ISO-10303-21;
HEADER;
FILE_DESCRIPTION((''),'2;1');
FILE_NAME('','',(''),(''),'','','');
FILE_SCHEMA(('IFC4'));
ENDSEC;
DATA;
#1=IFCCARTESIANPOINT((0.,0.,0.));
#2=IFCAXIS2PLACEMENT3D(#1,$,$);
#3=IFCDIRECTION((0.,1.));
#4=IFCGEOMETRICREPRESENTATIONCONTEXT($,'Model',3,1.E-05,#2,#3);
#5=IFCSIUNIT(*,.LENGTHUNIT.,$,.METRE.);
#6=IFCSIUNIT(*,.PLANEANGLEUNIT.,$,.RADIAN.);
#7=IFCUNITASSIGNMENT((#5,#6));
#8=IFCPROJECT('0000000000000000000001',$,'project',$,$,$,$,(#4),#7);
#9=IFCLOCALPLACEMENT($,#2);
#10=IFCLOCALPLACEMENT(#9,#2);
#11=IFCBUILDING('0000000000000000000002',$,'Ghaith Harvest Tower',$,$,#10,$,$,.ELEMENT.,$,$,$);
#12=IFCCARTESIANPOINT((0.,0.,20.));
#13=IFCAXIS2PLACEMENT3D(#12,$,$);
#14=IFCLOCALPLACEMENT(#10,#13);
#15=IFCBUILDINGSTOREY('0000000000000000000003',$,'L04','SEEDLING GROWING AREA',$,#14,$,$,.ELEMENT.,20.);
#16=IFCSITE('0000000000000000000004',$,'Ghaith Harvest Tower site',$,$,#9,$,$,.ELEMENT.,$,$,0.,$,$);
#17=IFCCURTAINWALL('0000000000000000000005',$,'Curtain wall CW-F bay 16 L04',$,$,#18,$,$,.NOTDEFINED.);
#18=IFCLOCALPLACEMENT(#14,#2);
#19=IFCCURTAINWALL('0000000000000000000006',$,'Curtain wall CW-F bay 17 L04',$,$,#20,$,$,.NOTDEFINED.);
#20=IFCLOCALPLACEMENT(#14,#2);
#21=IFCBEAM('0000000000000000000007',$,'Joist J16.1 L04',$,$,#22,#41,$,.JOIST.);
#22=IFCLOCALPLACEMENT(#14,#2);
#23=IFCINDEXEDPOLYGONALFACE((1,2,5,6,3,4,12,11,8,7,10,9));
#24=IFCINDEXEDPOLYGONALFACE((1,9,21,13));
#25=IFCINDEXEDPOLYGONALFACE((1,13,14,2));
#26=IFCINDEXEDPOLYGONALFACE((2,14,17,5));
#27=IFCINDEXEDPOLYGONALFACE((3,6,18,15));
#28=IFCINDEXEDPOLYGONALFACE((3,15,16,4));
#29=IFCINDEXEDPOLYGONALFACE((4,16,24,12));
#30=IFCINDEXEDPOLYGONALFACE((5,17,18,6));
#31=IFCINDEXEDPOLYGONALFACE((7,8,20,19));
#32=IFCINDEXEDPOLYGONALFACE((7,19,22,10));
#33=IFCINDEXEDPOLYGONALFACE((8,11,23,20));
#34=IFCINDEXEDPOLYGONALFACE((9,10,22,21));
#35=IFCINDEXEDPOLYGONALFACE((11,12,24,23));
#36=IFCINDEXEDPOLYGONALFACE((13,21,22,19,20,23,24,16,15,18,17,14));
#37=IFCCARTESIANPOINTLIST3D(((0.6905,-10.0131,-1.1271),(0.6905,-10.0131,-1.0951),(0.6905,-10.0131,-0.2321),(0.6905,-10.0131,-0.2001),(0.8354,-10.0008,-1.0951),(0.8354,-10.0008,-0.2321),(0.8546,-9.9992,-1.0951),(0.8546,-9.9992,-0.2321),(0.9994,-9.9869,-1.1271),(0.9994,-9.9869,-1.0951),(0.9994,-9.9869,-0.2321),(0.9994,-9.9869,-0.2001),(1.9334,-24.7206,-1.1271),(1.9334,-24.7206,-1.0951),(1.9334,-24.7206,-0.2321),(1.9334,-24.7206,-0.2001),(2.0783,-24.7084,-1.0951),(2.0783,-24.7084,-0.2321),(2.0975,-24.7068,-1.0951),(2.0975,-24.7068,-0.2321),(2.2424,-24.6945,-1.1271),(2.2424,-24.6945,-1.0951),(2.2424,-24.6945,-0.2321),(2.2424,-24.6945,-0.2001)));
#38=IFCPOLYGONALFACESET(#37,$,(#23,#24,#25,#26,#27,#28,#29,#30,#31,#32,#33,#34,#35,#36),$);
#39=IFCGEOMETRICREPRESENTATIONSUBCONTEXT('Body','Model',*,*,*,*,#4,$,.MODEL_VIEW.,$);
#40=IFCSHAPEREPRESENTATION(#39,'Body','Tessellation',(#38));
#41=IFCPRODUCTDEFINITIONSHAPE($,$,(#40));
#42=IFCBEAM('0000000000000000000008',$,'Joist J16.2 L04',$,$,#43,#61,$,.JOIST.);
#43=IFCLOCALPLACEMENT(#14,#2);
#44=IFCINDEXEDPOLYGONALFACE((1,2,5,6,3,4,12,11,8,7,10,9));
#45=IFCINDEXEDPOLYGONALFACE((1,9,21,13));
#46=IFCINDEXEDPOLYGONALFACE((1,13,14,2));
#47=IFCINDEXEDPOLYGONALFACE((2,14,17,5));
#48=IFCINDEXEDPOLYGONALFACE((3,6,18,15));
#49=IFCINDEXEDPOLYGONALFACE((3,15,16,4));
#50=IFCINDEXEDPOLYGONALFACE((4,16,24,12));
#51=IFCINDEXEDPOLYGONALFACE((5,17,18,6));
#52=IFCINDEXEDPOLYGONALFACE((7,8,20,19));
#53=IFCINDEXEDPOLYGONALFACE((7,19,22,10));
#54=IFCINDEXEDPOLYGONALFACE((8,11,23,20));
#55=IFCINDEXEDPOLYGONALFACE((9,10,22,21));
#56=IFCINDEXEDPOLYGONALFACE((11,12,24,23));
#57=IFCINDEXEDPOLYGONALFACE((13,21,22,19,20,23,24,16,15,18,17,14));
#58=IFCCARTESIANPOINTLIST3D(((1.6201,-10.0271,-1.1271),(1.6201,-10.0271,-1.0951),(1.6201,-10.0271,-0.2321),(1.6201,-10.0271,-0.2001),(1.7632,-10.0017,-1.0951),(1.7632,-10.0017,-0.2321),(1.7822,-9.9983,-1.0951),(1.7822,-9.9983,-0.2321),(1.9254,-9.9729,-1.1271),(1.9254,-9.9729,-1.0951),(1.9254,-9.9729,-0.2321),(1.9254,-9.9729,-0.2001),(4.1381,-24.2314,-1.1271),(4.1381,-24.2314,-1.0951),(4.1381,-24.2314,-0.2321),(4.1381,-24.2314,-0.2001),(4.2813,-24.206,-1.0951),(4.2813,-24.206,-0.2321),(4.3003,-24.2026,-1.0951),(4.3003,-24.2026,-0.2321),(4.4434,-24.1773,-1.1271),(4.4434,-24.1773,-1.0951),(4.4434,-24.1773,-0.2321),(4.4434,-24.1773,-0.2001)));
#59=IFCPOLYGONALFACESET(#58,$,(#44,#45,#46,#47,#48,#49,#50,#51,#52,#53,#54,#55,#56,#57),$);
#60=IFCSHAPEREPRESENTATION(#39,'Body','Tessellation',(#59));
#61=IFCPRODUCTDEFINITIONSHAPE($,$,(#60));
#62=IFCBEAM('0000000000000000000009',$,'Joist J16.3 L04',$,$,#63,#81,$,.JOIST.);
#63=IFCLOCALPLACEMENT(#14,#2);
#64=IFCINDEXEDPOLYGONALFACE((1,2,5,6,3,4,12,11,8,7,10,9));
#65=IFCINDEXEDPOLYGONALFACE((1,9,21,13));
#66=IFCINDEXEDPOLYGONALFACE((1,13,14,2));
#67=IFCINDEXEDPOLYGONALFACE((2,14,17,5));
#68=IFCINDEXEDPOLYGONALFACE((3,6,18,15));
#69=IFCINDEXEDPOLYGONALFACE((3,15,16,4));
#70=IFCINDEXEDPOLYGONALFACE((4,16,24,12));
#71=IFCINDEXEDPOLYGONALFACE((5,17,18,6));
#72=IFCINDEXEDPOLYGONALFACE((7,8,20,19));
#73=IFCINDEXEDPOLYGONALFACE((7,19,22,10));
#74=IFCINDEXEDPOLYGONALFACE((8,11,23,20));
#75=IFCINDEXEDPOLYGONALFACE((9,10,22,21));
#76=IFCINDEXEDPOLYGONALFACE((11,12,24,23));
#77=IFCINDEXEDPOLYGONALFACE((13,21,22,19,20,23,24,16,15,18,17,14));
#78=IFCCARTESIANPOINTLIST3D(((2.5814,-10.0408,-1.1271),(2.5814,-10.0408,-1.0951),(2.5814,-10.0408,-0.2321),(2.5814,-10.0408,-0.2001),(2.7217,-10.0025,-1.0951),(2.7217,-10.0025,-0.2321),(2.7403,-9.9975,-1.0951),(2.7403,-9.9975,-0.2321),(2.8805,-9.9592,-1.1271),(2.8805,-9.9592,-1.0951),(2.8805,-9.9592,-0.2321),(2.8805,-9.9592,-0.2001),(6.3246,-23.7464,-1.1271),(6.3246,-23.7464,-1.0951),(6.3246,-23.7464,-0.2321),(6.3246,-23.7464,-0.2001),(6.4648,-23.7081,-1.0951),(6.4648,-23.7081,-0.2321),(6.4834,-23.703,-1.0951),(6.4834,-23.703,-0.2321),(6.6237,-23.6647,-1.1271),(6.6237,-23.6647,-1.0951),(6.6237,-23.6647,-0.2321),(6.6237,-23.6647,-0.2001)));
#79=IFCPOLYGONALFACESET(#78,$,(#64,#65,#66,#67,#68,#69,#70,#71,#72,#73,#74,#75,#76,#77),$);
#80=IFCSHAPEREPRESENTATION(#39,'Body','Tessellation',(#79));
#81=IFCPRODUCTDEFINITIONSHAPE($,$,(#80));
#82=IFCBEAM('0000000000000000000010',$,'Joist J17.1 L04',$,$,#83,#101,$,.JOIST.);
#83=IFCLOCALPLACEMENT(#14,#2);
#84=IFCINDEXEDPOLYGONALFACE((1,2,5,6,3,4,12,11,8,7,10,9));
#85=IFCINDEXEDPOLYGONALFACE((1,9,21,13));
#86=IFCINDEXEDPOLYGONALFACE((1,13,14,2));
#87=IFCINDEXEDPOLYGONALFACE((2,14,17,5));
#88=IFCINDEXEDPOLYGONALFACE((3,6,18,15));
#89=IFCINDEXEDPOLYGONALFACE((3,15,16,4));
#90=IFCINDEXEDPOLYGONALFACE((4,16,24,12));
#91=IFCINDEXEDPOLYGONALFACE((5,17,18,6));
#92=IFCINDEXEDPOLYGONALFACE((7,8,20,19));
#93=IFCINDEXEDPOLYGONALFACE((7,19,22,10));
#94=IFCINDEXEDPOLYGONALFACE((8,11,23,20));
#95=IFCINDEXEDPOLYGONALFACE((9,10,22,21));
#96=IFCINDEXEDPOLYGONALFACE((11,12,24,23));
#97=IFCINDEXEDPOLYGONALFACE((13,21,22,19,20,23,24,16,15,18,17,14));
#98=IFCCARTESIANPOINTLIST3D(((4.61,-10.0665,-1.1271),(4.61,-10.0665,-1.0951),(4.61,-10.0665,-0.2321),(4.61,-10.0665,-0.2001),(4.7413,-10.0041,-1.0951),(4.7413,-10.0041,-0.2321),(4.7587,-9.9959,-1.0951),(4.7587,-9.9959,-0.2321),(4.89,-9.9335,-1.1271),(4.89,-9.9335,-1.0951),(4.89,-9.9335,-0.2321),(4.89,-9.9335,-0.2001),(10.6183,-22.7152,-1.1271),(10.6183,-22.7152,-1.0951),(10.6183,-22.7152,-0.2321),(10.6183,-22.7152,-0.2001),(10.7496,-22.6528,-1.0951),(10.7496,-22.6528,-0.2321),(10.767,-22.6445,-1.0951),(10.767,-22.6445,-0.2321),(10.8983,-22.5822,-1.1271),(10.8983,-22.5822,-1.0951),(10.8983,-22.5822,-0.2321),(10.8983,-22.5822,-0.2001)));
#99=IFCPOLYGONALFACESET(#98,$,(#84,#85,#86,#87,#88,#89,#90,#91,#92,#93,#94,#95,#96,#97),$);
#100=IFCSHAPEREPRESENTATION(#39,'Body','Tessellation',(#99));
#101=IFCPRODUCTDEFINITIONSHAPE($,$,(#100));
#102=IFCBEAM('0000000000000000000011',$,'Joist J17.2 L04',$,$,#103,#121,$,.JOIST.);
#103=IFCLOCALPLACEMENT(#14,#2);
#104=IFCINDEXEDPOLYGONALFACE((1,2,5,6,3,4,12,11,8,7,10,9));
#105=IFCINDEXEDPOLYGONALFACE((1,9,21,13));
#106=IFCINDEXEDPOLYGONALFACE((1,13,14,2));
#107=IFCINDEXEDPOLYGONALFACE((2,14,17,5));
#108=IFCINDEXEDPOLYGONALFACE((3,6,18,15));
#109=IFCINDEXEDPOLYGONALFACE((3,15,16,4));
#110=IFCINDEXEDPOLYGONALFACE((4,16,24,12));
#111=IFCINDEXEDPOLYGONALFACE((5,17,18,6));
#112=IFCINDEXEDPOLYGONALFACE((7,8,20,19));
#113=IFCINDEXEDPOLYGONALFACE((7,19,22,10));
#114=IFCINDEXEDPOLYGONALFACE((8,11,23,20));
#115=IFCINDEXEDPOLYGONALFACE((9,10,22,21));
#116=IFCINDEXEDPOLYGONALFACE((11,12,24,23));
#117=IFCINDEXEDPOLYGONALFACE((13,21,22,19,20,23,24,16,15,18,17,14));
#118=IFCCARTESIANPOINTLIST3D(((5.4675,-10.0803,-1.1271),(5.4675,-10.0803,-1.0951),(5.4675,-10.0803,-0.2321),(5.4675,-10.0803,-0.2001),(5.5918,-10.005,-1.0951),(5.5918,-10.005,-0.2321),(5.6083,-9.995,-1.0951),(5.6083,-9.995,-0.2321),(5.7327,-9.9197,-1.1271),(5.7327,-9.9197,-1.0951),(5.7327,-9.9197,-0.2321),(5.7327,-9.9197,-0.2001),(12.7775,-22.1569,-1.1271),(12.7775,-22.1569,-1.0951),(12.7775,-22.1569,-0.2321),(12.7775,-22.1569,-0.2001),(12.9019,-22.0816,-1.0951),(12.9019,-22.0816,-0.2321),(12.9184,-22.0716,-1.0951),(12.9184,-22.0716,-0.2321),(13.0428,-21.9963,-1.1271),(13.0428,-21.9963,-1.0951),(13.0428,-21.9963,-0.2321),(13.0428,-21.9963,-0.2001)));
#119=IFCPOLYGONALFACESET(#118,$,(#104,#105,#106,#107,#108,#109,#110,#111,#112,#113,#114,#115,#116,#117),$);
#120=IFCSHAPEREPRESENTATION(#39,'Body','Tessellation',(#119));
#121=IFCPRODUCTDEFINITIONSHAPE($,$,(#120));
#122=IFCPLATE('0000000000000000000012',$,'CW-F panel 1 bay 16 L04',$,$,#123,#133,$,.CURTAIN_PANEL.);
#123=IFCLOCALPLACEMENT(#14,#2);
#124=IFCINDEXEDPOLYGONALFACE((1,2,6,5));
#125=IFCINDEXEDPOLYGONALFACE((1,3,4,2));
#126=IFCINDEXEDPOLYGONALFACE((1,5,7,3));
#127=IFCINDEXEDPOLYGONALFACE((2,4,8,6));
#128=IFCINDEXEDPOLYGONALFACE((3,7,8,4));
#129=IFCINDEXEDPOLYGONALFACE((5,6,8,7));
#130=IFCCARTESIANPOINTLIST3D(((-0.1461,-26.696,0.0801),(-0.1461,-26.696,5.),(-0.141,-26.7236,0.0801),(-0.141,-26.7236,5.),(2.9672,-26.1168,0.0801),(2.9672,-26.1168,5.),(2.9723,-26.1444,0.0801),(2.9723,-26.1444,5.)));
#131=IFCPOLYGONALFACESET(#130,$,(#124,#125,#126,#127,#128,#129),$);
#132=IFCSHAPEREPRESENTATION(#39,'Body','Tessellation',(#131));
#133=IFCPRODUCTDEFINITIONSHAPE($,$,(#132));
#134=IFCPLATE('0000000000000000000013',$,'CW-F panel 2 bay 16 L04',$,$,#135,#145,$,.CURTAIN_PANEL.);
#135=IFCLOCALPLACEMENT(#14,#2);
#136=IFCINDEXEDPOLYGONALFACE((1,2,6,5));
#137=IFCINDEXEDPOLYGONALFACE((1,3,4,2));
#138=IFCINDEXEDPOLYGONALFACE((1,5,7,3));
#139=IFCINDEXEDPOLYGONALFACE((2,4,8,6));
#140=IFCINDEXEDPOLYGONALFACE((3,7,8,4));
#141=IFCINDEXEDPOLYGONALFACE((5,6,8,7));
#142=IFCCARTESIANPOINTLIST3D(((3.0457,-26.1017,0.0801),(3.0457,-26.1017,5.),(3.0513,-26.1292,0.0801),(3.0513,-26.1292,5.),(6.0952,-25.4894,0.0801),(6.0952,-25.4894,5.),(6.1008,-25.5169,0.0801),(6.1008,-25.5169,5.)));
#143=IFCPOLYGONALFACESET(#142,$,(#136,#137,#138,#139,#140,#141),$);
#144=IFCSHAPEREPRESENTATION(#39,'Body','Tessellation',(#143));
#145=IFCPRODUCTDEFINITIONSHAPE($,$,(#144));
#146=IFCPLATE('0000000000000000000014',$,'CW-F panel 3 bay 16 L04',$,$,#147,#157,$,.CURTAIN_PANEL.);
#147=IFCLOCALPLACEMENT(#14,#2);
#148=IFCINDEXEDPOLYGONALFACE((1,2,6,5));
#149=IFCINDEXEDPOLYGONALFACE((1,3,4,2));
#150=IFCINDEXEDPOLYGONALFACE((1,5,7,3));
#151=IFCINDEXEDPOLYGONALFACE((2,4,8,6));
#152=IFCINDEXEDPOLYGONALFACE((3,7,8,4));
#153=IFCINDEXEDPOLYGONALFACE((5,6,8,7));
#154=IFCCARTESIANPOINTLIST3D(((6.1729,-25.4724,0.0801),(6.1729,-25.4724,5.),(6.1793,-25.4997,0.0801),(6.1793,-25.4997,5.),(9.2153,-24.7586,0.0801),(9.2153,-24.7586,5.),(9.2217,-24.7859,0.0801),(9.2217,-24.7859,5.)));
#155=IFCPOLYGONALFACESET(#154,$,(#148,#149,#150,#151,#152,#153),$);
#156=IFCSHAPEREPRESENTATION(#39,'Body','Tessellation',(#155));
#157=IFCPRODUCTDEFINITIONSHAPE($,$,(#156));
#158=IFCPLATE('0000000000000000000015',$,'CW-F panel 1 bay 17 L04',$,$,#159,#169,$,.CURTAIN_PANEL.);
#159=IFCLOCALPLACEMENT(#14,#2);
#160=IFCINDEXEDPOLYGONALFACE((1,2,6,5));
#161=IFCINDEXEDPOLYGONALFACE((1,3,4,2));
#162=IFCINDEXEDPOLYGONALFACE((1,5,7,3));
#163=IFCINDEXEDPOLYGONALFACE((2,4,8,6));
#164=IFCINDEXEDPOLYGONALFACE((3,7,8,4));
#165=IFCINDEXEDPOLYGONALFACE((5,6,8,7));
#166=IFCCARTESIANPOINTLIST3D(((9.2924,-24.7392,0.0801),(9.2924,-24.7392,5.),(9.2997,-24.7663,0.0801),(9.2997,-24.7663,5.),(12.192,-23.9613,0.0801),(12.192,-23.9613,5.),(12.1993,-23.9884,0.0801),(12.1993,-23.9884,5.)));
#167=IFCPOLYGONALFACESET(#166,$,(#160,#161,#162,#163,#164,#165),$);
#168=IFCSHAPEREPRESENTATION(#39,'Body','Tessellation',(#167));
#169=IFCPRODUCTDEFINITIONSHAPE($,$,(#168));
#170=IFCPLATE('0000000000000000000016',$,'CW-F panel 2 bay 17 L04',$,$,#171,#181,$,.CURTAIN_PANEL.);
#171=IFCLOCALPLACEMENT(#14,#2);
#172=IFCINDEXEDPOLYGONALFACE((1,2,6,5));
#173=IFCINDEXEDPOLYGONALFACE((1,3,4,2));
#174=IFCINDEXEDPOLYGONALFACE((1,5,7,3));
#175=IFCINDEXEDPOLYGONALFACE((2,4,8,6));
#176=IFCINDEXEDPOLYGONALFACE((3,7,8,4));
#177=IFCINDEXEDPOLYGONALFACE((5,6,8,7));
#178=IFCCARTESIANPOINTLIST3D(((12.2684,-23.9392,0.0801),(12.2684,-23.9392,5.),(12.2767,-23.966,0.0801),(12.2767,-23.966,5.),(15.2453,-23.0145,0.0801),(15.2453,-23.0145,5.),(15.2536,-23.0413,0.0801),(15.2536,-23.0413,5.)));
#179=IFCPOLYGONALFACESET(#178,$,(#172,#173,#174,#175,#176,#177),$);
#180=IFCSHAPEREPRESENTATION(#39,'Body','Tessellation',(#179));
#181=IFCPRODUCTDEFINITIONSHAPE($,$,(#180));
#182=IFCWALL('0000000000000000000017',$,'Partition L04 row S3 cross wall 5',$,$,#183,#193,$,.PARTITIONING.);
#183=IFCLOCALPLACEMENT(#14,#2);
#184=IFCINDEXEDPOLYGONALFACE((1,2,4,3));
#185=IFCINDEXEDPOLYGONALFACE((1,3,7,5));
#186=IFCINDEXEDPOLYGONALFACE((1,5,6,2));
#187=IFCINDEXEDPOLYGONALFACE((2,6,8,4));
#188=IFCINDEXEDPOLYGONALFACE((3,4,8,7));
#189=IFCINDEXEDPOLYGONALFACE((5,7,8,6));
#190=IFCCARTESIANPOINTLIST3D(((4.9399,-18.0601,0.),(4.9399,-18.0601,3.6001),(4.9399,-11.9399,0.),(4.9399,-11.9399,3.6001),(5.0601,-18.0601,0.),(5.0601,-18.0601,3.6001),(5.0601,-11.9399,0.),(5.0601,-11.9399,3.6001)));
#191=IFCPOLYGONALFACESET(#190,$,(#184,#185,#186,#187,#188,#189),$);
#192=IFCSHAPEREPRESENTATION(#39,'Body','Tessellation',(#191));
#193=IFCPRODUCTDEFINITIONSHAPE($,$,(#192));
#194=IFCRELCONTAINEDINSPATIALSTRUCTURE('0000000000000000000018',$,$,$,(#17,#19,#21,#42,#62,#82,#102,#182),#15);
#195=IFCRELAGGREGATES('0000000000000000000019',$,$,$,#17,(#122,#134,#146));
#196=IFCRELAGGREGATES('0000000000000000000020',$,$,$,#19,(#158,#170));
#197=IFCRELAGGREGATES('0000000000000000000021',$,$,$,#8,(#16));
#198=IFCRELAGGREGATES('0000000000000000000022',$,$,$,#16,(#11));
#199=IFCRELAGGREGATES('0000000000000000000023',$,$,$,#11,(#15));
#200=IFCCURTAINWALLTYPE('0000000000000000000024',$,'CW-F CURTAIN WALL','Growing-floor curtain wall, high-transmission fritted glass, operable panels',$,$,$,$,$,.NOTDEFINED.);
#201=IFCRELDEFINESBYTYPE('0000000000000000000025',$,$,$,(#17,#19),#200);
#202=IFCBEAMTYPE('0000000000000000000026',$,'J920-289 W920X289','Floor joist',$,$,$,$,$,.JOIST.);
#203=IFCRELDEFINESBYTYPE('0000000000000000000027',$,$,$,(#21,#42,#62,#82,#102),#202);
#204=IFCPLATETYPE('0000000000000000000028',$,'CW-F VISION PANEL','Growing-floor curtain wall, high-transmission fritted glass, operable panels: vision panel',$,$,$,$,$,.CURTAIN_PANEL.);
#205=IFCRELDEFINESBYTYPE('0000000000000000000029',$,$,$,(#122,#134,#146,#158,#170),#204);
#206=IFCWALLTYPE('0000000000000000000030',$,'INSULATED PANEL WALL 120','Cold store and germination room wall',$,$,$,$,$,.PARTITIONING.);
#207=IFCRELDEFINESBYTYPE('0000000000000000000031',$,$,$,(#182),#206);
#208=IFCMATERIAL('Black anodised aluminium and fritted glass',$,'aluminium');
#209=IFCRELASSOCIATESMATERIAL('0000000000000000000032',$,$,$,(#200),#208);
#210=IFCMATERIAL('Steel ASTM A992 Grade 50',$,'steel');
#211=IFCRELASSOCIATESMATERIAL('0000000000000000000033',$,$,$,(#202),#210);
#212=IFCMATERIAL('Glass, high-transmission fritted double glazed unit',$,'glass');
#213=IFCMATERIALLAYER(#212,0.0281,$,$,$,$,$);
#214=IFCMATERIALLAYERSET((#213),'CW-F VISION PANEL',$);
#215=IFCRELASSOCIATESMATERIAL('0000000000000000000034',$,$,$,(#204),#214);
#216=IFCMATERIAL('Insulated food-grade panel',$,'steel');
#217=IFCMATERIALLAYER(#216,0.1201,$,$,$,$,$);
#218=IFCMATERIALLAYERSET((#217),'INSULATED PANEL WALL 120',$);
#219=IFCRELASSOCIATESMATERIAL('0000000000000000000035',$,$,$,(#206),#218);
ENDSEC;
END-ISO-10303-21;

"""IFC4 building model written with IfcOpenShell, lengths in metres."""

from ifc_helpers import new_model, si_unit, direction, frame, frame_2d, origin, origin_2d, place, context, subcontext, project, spatial, rectangle, i_section, extrude, material, layer, layer_set, material_profile, profile_set, type_object, element, aggregate, save


model = new_model("IFC4")

# Units and contexts
model_context = context("Model", 3, precision=1e-05, world=origin(), true_north=direction((0.0, 1.0)))
body_context = subcontext(model_context, "Body", "Model", "MODEL_VIEW")
ifc_project = project(units=[si_unit("LENGTHUNIT", "METRE"), si_unit("PLANEANGLEUNIT", "RADIAN")], contexts=[model_context])

# Site, building, storey
site_placement = place(None, origin())
site = spatial("IfcSite", under=ifc_project, at=site_placement, Name="Ghaith Harvest Tower site", CompositionType="ELEMENT", RefElevation=0.0)
building_placement = place(site_placement, origin())
building = spatial("IfcBuilding", under=site, at=building_placement, Name="Ghaith Harvest Tower", CompositionType="ELEMENT")
storey_placement = place(building_placement, frame((0.0, 0.0, 20.0)))
storey = spatial("IfcBuildingStorey", under=building, at=storey_placement, Name="L04", Description="SEEDLING GROWING AREA", CompositionType="ELEMENT", Elevation=20.0)

# Curtain walls
ifc_material_1 = material(Name="Black anodised aluminium and fritted glass", Category="aluminium")
curtain_wall_type = type_object("IfcCurtainWallType", Name="CW-F CURTAIN WALL", Description="Growing-floor curtain wall, high-transmission fritted glass, operable panels", PredefinedType="NOTDEFINED", material=ifc_material_1)
curtain_wall_1_placement = place(storey_placement, origin())
curtain_wall_1 = element("IfcCurtainWall", 1, at=curtain_wall_1_placement, inside=storey, type_object=curtain_wall_type, Name="Curtain wall CW-F bay 16 L04", PredefinedType="NOTDEFINED")
curtain_wall_2_placement = place(storey_placement, origin())
curtain_wall_2 = element("IfcCurtainWall", 2, at=curtain_wall_2_placement, inside=storey, type_object=curtain_wall_type, Name="Curtain wall CW-F bay 17 L04", PredefinedType="NOTDEFINED")

# Beams
ifc_material_2 = material(Name="Steel ASTM A992 Grade 50", Category="steel")
ifc_material_profile_1 = material_profile(ifc_material_2, i_section(OverallWidth=0.3101, OverallDepth=0.927, WebThickness=0.0193, FlangeThickness=0.032, at=origin_2d()), Name="W920X289")
ifc_profile_set_1 = profile_set([ifc_material_profile_1], Name="Steel ASTM A992 Grade 50")
beam_type_1 = type_object("IfcBeamType", Name="J920-289 W920X289", Description="Floor joist", PredefinedType="JOIST", material=ifc_profile_set_1)
beam_1_placement = place(storey_placement, frame((0.845, -10.0, -0.6636), z_axis=(0.084209, -0.996448, 0.0), x_axis=(0.996448, 0.084209, 0.0)))
element("IfcBeam", 3, at=beam_1_placement, inside=storey, type_object=beam_type_1, Name="Joist J16.1 L04", PredefinedType="JOIST", context=body_context, shape_type="SweptSolid", body=[
    extrude(i_section(OverallWidth=0.3101, OverallDepth=0.927, WebThickness=0.0193, FlangeThickness=0.032, at=origin_2d()), origin(), (0.0, 0.0, 1.0), 14.76),
])
beam_2_placement = place(storey_placement, frame((1.7727, -10.0, -0.6636), z_axis=(0.174553, -0.984648, 0.0), x_axis=(0.984648, 0.174553, 0.0)))
element("IfcBeam", 4, at=beam_2_placement, inside=storey, type_object=beam_type_1, Name="Joist J16.2 L04", PredefinedType="JOIST", context=body_context, shape_type="SweptSolid", body=[
    extrude(i_section(OverallWidth=0.3101, OverallDepth=0.927, WebThickness=0.0193, FlangeThickness=0.032, at=origin_2d()), origin(), (0.0, 0.0, 1.0), 14.4258),
])
beam_3_placement = place(storey_placement, frame((2.731, -10.0, -0.6636), z_axis=(0.263463, -0.964669, 0.0), x_axis=(0.964669, 0.263463, 0.0)))
element("IfcBeam", 5, at=beam_3_placement, inside=storey, type_object=beam_type_1, Name="Joist J16.3 L04", PredefinedType="JOIST", context=body_context, shape_type="SweptSolid", body=[
    extrude(i_section(OverallWidth=0.3101, OverallDepth=0.927, WebThickness=0.0193, FlangeThickness=0.032, at=origin_2d()), origin(), (0.0, 0.0, 1.0), 14.2075),
])
beam_4_placement = place(storey_placement, frame((4.75, -10.0, -0.6636), z_axis=(0.429067, -0.903273, 0.0), x_axis=(0.903273, 0.429067, 0.0)))
element("IfcBeam", 6, at=beam_4_placement, inside=storey, type_object=beam_type_1, Name="Joist J17.1 L04", PredefinedType="JOIST", context=body_context, shape_type="SweptSolid", body=[
    extrude(i_section(OverallWidth=0.3101, OverallDepth=0.927, WebThickness=0.0193, FlangeThickness=0.032, at=origin_2d()), origin(), (0.0, 0.0, 1.0), 14.0032),
])
beam_5_placement = place(storey_placement, frame((5.6001, -10.0, -0.6636), z_axis=(0.517829, -0.855484, 0.0), x_axis=(0.855484, 0.517829, 0.0)))
element("IfcBeam", 7, at=beam_5_placement, inside=storey, type_object=beam_type_1, Name="Joist J17.2 L04", PredefinedType="JOIST", context=body_context, shape_type="SweptSolid", body=[
    extrude(i_section(OverallWidth=0.3101, OverallDepth=0.927, WebThickness=0.0193, FlangeThickness=0.032, at=origin_2d()), origin(), (0.0, 0.0, 1.0), 14.1167),
])

# Plates
ifc_material_3 = material(Name="Glass, high-transmission fritted double glazed unit", Category="glass")
ifc_layer_1 = layer(ifc_material_3, 0.0281)
ifc_layer_set_1 = layer_set([ifc_layer_1], Name="CW-F VISION PANEL")
plate_type = type_object("IfcPlateType", Name="CW-F VISION PANEL", Description="Growing-floor curtain wall, high-transmission fritted glass, operable panels: vision panel", PredefinedType="CURTAIN_PANEL", material=ifc_layer_set_1)
plate_1_placement = place(storey_placement, frame((1.4131, -26.4202, 0.0801), z_axis=(0.0, 0.0, 1.0), x_axis=(0.983131, 0.182902, 0.0)))
plate_1 = element("IfcPlate", 8, at=plate_1_placement, type_object=plate_type, Name="CW-F panel 1 bay 16 L04", PredefinedType="CURTAIN_PANEL", context=body_context, shape_type="SweptSolid", body=[
    extrude(rectangle(XDim=3.1667, YDim=0.0281, at=origin_2d()), origin(), (0.0, 0.0, 1.0), 4.9199),
])
plate_2_placement = place(storey_placement, frame((4.5732, -25.8093, 0.0801), z_axis=(0.0, 0.0, 1.0), x_axis=(0.980432, 0.196856, 0.0)))
plate_2 = element("IfcPlate", 9, at=plate_2_placement, type_object=plate_type, Name="CW-F panel 2 bay 16 L04", PredefinedType="CURTAIN_PANEL", context=body_context, shape_type="SweptSolid", body=[
    extrude(rectangle(XDim=3.1104, YDim=0.0281, at=origin_2d()), origin(), (0.0, 0.0, 1.0), 4.9199),
])
plate_3_placement = place(storey_placement, frame((7.6973, -25.1292, 0.0801), z_axis=(0.0, 0.0, 1.0), x_axis=(0.973565, 0.228411, 0.0)))
plate_3 = element("IfcPlate", 10, at=plate_3_placement, type_object=plate_type, Name="CW-F panel 3 bay 16 L04", PredefinedType="CURTAIN_PANEL", context=body_context, shape_type="SweptSolid", body=[
    extrude(rectangle(XDim=3.125, YDim=0.0281, at=origin_2d()), origin(), (0.0, 0.0, 1.0), 4.9199),
])
aggregate(curtain_wall_1, [plate_1, plate_2, plate_3])
plate_4_placement = place(storey_placement, frame((10.7458, -24.3638, 0.0801), z_axis=(0.0, 0.0, 1.0), x_axis=(0.965848, 0.259108, 0.0)))
plate_4 = element("IfcPlate", 11, at=plate_4_placement, type_object=plate_type, Name="CW-F panel 1 bay 17 L04", PredefinedType="CURTAIN_PANEL", context=body_context, shape_type="SweptSolid", body=[
    extrude(rectangle(XDim=3.0022, YDim=0.0281, at=origin_2d()), origin(), (0.0, 0.0, 1.0), 4.9199),
])
plate_5_placement = place(storey_placement, frame((13.761, -23.4902, 0.0801), z_axis=(0.0, 0.0, 1.0), x_axis=(0.954988, 0.296644, 0.0)))
plate_5 = element("IfcPlate", 12, at=plate_5_placement, type_object=plate_type, Name="CW-F panel 2 bay 17 L04", PredefinedType="CURTAIN_PANEL", context=body_context, shape_type="SweptSolid", body=[
    extrude(rectangle(XDim=3.1172, YDim=0.0281, at=origin_2d()), origin(), (0.0, 0.0, 1.0), 4.9199),
])
aggregate(curtain_wall_2, [plate_4, plate_5])

# Wall
ifc_material_4 = material(Name="Insulated food-grade panel", Category="steel")
ifc_layer_2 = layer(ifc_material_4, 0.1201)
ifc_layer_set_2 = layer_set([ifc_layer_2], Name="INSULATED PANEL WALL 120")
wall_type_1 = type_object("IfcWallType", Name="INSULATED PANEL WALL 120", Description="Cold store and germination room wall", PredefinedType="PARTITIONING", material=ifc_layer_set_2)
wall_1_placement = place(storey_placement, frame((5.0, -11.9399, 0.0), z_axis=(0.0, 0.0, 1.0), x_axis=(0.0, -1.0, 0.0)))
element("IfcWall", 13, at=wall_1_placement, inside=storey, type_object=wall_type_1, Name="Partition L04 row S3 cross wall 5", PredefinedType="PARTITIONING", context=body_context, shape_type="SweptSolid", body=[
    extrude(rectangle(XDim=6.1201, YDim=0.1201, at=frame_2d((3.0601, 0.0))), origin(), (0.0, 0.0, 1.0), 3.6001),
])

save(model, "model.ifc")
